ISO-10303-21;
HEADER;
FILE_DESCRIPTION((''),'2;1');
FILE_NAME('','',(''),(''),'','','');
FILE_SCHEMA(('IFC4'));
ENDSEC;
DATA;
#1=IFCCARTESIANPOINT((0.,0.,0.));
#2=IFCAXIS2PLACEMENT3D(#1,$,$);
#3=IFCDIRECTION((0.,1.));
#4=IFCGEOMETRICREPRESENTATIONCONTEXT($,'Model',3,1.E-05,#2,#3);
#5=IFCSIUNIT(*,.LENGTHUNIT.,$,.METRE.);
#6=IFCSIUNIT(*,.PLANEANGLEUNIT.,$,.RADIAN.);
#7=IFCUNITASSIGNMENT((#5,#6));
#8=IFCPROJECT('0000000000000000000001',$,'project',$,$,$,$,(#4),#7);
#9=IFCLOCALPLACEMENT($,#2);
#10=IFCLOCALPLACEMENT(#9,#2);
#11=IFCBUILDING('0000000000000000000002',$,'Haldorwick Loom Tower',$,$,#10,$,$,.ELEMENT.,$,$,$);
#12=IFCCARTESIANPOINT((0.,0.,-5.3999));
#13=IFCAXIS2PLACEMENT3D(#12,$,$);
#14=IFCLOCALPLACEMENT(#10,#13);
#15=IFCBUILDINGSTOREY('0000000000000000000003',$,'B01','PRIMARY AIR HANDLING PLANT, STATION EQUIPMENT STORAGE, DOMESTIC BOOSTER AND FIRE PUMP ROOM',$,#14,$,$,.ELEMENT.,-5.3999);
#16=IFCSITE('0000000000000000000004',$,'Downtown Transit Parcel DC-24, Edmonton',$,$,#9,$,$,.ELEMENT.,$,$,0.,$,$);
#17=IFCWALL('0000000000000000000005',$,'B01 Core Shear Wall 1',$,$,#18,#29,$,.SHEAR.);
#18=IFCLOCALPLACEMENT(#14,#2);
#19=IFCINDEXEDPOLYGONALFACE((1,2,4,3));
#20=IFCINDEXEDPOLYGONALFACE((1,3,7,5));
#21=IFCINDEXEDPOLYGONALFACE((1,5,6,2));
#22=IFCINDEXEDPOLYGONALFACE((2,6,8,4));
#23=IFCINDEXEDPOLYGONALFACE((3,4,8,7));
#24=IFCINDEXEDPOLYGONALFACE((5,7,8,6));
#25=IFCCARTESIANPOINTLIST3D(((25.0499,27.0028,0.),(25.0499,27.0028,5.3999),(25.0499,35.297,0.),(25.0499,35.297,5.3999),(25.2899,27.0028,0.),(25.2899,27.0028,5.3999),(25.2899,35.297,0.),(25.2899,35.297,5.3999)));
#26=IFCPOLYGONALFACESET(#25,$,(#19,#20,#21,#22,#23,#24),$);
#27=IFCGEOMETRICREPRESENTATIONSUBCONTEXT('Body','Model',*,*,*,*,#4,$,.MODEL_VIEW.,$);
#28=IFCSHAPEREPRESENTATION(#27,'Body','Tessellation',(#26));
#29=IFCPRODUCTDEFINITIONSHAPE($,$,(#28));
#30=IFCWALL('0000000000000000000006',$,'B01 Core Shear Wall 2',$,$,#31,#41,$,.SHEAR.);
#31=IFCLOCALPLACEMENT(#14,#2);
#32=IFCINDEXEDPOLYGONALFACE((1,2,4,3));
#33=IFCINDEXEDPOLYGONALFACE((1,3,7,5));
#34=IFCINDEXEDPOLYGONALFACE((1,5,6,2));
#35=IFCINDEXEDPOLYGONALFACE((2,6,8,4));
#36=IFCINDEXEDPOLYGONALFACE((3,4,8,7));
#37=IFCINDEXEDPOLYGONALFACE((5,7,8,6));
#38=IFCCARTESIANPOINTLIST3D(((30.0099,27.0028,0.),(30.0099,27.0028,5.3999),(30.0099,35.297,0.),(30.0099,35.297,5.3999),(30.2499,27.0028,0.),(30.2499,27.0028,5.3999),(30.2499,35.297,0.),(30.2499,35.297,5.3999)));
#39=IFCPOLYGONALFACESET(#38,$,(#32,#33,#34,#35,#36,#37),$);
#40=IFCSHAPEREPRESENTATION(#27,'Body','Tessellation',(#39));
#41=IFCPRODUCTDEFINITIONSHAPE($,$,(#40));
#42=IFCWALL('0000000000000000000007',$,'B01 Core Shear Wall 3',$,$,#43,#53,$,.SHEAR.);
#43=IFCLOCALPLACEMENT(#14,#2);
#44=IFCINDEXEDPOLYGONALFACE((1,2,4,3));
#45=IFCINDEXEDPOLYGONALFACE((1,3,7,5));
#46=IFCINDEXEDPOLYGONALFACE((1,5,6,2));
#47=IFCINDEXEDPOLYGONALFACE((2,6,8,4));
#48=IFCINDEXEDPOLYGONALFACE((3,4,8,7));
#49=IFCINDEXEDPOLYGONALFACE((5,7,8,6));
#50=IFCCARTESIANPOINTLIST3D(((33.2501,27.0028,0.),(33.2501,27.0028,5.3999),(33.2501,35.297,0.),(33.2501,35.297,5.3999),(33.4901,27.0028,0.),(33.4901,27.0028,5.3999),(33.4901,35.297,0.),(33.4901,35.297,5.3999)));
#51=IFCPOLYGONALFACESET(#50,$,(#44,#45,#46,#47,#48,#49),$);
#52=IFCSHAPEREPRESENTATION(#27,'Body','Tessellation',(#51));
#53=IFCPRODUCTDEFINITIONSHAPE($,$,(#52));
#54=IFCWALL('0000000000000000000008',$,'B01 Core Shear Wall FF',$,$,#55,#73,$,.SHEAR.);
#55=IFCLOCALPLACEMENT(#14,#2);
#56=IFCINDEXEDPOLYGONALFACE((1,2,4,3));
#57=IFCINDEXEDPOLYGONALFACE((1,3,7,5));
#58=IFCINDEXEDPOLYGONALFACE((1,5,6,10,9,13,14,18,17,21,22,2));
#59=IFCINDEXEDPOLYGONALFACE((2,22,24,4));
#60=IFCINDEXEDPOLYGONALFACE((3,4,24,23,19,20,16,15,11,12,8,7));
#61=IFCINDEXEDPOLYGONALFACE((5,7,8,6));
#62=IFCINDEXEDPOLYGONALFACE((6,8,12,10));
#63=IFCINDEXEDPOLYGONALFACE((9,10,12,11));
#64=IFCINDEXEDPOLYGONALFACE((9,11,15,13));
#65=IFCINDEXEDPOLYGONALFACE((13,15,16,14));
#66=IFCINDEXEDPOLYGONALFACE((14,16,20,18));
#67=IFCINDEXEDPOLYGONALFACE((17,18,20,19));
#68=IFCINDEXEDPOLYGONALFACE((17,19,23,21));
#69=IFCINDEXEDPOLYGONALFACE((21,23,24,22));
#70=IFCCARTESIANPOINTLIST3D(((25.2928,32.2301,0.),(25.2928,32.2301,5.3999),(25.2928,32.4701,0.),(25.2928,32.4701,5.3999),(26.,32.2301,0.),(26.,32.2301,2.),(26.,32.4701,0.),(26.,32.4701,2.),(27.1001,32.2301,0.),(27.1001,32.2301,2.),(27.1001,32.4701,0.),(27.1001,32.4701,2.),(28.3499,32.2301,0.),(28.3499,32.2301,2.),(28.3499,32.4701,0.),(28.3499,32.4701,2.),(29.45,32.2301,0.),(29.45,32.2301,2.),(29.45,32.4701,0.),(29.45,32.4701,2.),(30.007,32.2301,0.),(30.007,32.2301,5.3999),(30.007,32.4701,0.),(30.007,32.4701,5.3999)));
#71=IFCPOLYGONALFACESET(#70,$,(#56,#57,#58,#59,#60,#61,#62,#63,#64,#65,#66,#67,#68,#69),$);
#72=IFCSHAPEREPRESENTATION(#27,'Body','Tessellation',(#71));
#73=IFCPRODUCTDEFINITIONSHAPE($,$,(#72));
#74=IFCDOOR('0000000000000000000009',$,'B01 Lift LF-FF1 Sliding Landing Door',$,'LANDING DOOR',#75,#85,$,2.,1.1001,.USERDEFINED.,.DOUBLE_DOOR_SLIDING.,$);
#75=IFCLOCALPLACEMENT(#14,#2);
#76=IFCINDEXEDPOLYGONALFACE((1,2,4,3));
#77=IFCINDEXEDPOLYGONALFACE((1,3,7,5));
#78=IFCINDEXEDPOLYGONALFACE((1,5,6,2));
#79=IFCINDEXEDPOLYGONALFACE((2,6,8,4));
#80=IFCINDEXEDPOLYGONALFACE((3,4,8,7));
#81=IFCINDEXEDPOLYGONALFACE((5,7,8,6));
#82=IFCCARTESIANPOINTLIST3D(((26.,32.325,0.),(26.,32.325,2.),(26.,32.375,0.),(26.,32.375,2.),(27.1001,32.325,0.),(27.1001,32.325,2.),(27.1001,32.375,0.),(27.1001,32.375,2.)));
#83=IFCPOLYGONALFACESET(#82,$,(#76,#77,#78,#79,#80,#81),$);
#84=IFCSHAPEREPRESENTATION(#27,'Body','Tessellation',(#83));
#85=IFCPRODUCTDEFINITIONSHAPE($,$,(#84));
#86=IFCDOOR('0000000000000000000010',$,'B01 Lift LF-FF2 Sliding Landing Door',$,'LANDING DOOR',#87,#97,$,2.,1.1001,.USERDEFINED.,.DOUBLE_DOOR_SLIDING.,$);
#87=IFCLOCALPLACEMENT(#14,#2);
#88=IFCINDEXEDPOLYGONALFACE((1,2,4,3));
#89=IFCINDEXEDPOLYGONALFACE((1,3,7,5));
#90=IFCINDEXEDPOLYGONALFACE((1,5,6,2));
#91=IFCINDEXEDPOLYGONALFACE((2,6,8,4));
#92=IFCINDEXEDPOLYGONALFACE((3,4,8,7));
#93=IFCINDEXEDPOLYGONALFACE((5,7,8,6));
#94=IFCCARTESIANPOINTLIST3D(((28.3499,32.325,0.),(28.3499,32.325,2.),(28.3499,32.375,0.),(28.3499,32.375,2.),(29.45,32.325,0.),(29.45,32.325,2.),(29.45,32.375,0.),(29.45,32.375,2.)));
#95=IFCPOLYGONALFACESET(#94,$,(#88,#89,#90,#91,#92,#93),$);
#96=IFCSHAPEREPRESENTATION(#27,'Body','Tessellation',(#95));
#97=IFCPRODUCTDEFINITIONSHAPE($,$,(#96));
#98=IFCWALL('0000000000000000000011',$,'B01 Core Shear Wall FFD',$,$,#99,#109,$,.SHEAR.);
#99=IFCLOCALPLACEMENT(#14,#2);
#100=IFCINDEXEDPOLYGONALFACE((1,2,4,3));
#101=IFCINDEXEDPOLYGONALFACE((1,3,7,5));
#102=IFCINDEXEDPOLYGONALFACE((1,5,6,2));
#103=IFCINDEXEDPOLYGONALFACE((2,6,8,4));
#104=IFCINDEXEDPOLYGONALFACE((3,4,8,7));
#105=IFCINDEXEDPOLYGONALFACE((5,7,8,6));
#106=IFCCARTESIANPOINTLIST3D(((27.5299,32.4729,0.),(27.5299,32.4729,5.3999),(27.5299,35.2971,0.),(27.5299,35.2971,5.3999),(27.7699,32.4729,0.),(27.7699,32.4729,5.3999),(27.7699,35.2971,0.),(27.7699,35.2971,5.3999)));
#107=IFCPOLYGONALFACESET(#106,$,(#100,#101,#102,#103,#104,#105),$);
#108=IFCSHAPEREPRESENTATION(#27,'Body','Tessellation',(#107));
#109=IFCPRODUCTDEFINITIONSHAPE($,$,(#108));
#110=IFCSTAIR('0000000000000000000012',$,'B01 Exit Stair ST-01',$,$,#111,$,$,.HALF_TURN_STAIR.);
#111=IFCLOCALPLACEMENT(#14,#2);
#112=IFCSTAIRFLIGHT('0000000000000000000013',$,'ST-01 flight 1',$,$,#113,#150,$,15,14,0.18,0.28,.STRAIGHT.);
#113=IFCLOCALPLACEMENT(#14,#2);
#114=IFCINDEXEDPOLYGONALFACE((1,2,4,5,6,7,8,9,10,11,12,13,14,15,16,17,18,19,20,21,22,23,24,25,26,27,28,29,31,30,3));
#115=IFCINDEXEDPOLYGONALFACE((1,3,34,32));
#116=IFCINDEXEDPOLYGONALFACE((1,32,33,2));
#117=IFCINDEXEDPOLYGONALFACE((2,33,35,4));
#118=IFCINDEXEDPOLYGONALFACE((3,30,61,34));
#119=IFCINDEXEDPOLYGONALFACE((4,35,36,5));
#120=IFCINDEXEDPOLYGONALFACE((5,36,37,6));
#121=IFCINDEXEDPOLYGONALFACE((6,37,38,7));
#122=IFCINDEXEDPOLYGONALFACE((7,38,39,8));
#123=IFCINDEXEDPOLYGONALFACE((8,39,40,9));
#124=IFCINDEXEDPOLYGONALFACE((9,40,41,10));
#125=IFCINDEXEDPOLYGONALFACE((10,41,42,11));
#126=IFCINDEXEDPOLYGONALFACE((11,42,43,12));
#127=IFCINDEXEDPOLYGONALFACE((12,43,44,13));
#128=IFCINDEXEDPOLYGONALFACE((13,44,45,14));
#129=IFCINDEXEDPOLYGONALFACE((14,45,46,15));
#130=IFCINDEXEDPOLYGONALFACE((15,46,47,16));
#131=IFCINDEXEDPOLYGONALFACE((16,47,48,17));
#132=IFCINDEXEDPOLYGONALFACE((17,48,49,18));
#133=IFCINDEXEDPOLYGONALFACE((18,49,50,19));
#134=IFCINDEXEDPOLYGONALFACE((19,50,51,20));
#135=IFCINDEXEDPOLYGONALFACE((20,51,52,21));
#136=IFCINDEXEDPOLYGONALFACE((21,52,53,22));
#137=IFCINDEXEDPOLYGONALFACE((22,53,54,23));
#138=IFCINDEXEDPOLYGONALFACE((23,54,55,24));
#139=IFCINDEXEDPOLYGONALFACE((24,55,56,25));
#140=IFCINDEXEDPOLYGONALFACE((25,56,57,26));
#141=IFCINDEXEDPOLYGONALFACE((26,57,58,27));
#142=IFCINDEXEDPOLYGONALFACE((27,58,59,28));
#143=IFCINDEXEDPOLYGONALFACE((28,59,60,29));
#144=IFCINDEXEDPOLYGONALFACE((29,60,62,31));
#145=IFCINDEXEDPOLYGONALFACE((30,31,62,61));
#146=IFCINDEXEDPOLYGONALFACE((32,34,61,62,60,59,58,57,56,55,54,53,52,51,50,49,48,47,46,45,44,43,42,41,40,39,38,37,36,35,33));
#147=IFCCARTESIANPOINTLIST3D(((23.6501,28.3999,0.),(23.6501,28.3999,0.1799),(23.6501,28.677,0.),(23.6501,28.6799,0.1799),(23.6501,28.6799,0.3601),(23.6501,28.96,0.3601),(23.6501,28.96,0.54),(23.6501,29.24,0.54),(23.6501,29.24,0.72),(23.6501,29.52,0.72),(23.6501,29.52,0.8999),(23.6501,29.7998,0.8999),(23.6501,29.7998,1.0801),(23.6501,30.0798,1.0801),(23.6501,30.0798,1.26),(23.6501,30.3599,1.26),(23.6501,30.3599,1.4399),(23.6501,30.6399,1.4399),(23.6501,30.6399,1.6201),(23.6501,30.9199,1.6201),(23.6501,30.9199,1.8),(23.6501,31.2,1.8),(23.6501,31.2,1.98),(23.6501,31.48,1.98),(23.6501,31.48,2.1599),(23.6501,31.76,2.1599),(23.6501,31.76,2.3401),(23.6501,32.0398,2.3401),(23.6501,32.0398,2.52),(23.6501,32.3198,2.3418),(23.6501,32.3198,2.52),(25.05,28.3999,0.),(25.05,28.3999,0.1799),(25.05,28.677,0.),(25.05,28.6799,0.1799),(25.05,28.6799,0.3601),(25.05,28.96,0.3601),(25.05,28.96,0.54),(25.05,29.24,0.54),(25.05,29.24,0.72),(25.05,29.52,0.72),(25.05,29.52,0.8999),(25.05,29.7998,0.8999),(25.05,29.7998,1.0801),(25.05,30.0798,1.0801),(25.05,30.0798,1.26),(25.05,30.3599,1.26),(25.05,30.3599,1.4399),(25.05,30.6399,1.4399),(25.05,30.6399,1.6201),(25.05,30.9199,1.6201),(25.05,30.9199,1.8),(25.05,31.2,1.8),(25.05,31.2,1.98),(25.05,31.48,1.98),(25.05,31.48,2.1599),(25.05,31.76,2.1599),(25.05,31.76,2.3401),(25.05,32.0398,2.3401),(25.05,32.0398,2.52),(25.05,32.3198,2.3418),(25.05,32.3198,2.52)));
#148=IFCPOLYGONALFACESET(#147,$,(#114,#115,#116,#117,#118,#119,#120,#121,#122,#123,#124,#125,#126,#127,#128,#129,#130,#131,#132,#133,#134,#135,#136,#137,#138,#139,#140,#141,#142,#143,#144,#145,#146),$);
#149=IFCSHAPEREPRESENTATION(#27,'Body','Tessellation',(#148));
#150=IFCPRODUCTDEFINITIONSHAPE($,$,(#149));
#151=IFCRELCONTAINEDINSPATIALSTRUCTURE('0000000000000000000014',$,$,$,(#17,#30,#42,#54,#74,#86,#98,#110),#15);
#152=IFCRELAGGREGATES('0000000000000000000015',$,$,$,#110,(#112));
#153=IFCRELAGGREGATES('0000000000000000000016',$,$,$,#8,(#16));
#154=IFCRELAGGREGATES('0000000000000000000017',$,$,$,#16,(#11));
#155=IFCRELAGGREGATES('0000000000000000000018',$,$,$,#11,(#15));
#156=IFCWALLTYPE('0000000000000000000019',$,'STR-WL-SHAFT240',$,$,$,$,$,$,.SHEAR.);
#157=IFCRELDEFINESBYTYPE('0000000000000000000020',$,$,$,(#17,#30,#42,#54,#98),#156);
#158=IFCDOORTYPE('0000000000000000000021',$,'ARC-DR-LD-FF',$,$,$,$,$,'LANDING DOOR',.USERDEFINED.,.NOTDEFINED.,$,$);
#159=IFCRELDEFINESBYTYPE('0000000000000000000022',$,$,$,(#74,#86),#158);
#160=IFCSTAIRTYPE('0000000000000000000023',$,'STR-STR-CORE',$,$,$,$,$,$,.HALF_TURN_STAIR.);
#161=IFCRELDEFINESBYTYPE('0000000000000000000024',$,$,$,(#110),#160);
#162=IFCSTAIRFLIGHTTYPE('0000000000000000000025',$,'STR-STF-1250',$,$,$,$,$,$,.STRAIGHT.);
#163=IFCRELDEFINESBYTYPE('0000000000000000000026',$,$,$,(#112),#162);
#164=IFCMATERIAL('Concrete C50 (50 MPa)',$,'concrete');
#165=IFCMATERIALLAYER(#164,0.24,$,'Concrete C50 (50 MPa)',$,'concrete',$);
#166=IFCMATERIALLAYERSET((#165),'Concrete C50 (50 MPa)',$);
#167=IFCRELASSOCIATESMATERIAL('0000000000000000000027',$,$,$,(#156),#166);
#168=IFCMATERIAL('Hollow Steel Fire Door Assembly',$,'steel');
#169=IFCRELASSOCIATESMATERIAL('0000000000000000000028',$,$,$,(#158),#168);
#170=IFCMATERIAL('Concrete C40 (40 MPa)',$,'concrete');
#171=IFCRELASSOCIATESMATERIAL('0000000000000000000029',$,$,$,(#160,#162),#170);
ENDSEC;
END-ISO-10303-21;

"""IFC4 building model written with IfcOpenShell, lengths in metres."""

from ifc_helpers import new_model, si_unit, direction, frame, frame_2d, origin, place, context, subcontext, project, spatial, polyline, rectangle, outline, extrude, material, layer, layer_set, type_object, element, fill, aggregate, save


model = new_model("IFC4")

# Units and contexts
model_context = context("Model", 3, precision=1e-05, world=origin(), true_north=direction((0.0, 1.0)))
body_context = subcontext(model_context, "Body", "Model", "MODEL_VIEW")
ifc_project = project(units=[si_unit("LENGTHUNIT", "METRE"), si_unit("PLANEANGLEUNIT", "RADIAN")], contexts=[model_context])

# Site, building, storey
site_placement = place(None, origin())
site = spatial("IfcSite", under=ifc_project, at=site_placement, Name="Downtown Transit Parcel DC-24, Edmonton", CompositionType="ELEMENT", RefElevation=0.0)
building_placement = place(site_placement, origin())
building = spatial("IfcBuilding", under=site, at=building_placement, Name="Haldorwick Loom Tower", CompositionType="ELEMENT")
storey_placement = place(building_placement, frame((0.0, 0.0, -5.3999)))
storey = spatial("IfcBuildingStorey", under=building, at=storey_placement, Name="B01", Description="PRIMARY AIR HANDLING PLANT, STATION EQUIPMENT STORAGE, DOMESTIC BOOSTER AND FIRE PUMP ROOM", CompositionType="ELEMENT", Elevation=-5.3999)

# Walls
ifc_material_1 = material(Name="Concrete C50 (50 MPa)", Category="concrete")
ifc_layer = layer(ifc_material_1, 0.24, Name="Concrete C50 (50 MPa)", Category="concrete")
ifc_layer_set = layer_set([ifc_layer], Name="Concrete C50 (50 MPa)")
wall_type = type_object("IfcWallType", Name="STR-WL-SHAFT240", PredefinedType="SHEAR", material=ifc_layer_set)
for number, where, z_axis, x_axis, name in (
    (1, (25.1699, 27.0029, 0.0), (0.0, 0.0, 1.0), (0.0, 1.0, 0.0), "B01 Core Shear Wall 1"),
    (2, (30.1299, 27.0029, 0.0), (0.0, 0.0, 1.0), (0.0, 1.0, 0.0), "B01 Core Shear Wall 2"),
    (3, (33.3701, 27.0029, 0.0), (0.0, 0.0, 1.0), (0.0, 1.0, 0.0), "B01 Core Shear Wall 3"),
):
    element("IfcWall", number, at=place(storey_placement, frame(where, z_axis=z_axis, x_axis=x_axis)), inside=storey, type_object=wall_type, Name=name, PredefinedType="SHEAR", context=body_context, shape_type="SweptSolid", body=[
        extrude(rectangle(XDim=8.2942, YDim=0.24, at=frame_2d((4.147, 0.0))), origin(), (0.0, 0.0, 1.0), 5.3999),
    ])

# Wall, openings, doors
wall_1_placement = place(storey_placement, frame((25.293, 32.3501, 0.0), z_axis=(0.0, 0.0, 1.0), x_axis=(1.0, 0.0, 0.0)))
wall_1 = element("IfcWall", 4, at=wall_1_placement, inside=storey, type_object=wall_type, Name="B01 Core Shear Wall FF", PredefinedType="SHEAR", context=body_context, shape_type="SweptSolid", body=[
    extrude(rectangle(XDim=4.7141, YDim=0.24, at=frame_2d((2.3569, 0.0))), origin(), (0.0, 0.0, 1.0), 5.3999),
])
opening_1_placement = place(wall_1_placement, frame((0.707, 0.0, 0.0)))
opening_1 = element("IfcOpeningElement", 5, at=opening_1_placement, cuts=wall_1, PredefinedType="OPENING", context=body_context, shape_type="SweptSolid", body=[
    extrude(rectangle(XDim=1.1001, YDim=2.0, at=frame_2d((0.55, 1.0))), frame((0.0, 0.1299, 0.0), z_axis=(0.0, -1.0, 0.0), x_axis=(1.0, 0.0, 0.0)), (0.0, 0.0, 1.0), 0.26),
])
opening_2_placement = place(wall_1_placement, frame((3.0569, 0.0, 0.0)))
opening_2 = element("IfcOpeningElement", 6, at=opening_2_placement, cuts=wall_1, PredefinedType="OPENING", context=body_context, shape_type="SweptSolid", body=[
    extrude(rectangle(XDim=1.1001, YDim=2.0, at=frame_2d((0.55, 1.0))), frame((0.0, 0.1299, 0.0), z_axis=(0.0, -1.0, 0.0), x_axis=(1.0, 0.0, 0.0)), (0.0, 0.0, 1.0), 0.26),
])
ifc_material_2 = material(Name="Hollow Steel Fire Door Assembly", Category="steel")
door_type = type_object("IfcDoorType", Name="ARC-DR-LD-FF", ElementType="LANDING DOOR", OperationType="NOTDEFINED", PredefinedType="USERDEFINED", material=ifc_material_2)
door_1_placement = place(opening_1_placement, origin())
door_1 = element("IfcDoor", 7, at=door_1_placement, inside=storey, type_object=door_type, Name="B01 Lift LF-FF1 Sliding Landing Door", ObjectType="LANDING DOOR", OperationType="DOUBLE_DOOR_SLIDING", OverallHeight=2.0, OverallWidth=1.1001, PredefinedType="USERDEFINED", context=body_context, shape_type="SweptSolid", body=[
    extrude(rectangle(XDim=1.1001, YDim=2.0, at=frame_2d((0.55, 1.0))), frame((0.0, 0.0249, 0.0), z_axis=(0.0, -1.0, 0.0), x_axis=(1.0, 0.0, 0.0)), (0.0, 0.0, 1.0), 0.05),
])
fill(opening_1, door_1)
door_2_placement = place(opening_2_placement, origin())
door_2 = element("IfcDoor", 8, at=door_2_placement, inside=storey, type_object=door_type, Name="B01 Lift LF-FF2 Sliding Landing Door", ObjectType="LANDING DOOR", OperationType="DOUBLE_DOOR_SLIDING", OverallHeight=2.0, OverallWidth=1.1001, PredefinedType="USERDEFINED", context=body_context, shape_type="SweptSolid", body=[
    extrude(rectangle(XDim=1.1001, YDim=2.0, at=frame_2d((0.55, 1.0))), frame((0.0, 0.0249, 0.0), z_axis=(0.0, -1.0, 0.0), x_axis=(1.0, 0.0, 0.0)), (0.0, 0.0, 1.0), 0.05),
])
fill(opening_2, door_2)

# Wall
wall_2_placement = place(storey_placement, frame((27.6499, 32.4729, 0.0), z_axis=(0.0, 0.0, 1.0), x_axis=(0.0, 1.0, 0.0)))
element("IfcWall", 9, at=wall_2_placement, inside=storey, type_object=wall_type, Name="B01 Core Shear Wall FFD", PredefinedType="SHEAR", context=body_context, shape_type="SweptSolid", body=[
    extrude(rectangle(XDim=2.8242, YDim=0.24, at=frame_2d((1.4121, 0.0))), origin(), (0.0, 0.0, 1.0), 5.3999),
])

# Stair, stair flight
ifc_material_3 = material(Name="Concrete C40 (40 MPa)", Category="concrete")
stair_type = type_object("IfcStairType", Name="STR-STR-CORE", PredefinedType="HALF_TURN_STAIR", material=ifc_material_3)
stair_1_placement = place(storey_placement, origin())
stair_1 = element("IfcStair", 10, at=stair_1_placement, inside=storey, type_object=stair_type, Name="B01 Exit Stair ST-01", PredefinedType="HALF_TURN_STAIR")
stair_flight_type = type_object("IfcStairFlightType", Name="STR-STF-1250", PredefinedType="STRAIGHT", material=ifc_material_3)
stair_flight_1_placement = place(storey_placement, frame((24.3501, 28.3999, 0.0), z_axis=(0.0, 0.0, 1.0), x_axis=(0.0, 1.0, 0.0)))
stair_flight_1 = element("IfcStairFlight", 11, at=stair_flight_1_placement, type_object=stair_flight_type, Name="ST-01 flight 1", NumberOfRisers=15, NumberOfTreads=14, PredefinedType="STRAIGHT", RiserHeight=0.18, TreadLength=0.28, context=body_context, shape_type="SweptSolid", body=[
    extrude(outline(polyline([(0.0, 0.0), (0.0, 0.1799), (0.28, 0.1799), (0.28, 0.3601), (0.5601, 0.3601), (0.5601, 0.54), (0.8401, 0.54), (0.8401, 0.72), (1.1201, 0.72), (1.1201, 0.8999), (1.3999, 0.8999), (1.3999, 1.0801), (1.6799, 1.0801), (1.6799, 1.26), (1.96, 1.26), (1.96, 1.4399), (2.24, 1.4399), (2.24, 1.6201), (2.52, 1.6201), (2.52, 1.8), (2.8, 1.8), (2.8, 1.98), (3.0801, 1.98), (3.0801, 2.1599), (3.3601, 2.1599), (3.3601, 2.3401), (3.6399, 2.3401), (3.6399, 2.52), (3.9199, 2.52), (3.9199, 2.7), (3.9199, 2.3418), (0.2771, 0.0), (0.0, 0.0)])), frame((0.0, 0.7, 0.0), z_axis=(0.0, -1.0, 0.0), x_axis=(1.0, 0.0, 0.0)), (0.0, 0.0, 1.0), 1.3999),
])
aggregate(stair_1, [stair_flight_1])

save(model, "model.ifc")
